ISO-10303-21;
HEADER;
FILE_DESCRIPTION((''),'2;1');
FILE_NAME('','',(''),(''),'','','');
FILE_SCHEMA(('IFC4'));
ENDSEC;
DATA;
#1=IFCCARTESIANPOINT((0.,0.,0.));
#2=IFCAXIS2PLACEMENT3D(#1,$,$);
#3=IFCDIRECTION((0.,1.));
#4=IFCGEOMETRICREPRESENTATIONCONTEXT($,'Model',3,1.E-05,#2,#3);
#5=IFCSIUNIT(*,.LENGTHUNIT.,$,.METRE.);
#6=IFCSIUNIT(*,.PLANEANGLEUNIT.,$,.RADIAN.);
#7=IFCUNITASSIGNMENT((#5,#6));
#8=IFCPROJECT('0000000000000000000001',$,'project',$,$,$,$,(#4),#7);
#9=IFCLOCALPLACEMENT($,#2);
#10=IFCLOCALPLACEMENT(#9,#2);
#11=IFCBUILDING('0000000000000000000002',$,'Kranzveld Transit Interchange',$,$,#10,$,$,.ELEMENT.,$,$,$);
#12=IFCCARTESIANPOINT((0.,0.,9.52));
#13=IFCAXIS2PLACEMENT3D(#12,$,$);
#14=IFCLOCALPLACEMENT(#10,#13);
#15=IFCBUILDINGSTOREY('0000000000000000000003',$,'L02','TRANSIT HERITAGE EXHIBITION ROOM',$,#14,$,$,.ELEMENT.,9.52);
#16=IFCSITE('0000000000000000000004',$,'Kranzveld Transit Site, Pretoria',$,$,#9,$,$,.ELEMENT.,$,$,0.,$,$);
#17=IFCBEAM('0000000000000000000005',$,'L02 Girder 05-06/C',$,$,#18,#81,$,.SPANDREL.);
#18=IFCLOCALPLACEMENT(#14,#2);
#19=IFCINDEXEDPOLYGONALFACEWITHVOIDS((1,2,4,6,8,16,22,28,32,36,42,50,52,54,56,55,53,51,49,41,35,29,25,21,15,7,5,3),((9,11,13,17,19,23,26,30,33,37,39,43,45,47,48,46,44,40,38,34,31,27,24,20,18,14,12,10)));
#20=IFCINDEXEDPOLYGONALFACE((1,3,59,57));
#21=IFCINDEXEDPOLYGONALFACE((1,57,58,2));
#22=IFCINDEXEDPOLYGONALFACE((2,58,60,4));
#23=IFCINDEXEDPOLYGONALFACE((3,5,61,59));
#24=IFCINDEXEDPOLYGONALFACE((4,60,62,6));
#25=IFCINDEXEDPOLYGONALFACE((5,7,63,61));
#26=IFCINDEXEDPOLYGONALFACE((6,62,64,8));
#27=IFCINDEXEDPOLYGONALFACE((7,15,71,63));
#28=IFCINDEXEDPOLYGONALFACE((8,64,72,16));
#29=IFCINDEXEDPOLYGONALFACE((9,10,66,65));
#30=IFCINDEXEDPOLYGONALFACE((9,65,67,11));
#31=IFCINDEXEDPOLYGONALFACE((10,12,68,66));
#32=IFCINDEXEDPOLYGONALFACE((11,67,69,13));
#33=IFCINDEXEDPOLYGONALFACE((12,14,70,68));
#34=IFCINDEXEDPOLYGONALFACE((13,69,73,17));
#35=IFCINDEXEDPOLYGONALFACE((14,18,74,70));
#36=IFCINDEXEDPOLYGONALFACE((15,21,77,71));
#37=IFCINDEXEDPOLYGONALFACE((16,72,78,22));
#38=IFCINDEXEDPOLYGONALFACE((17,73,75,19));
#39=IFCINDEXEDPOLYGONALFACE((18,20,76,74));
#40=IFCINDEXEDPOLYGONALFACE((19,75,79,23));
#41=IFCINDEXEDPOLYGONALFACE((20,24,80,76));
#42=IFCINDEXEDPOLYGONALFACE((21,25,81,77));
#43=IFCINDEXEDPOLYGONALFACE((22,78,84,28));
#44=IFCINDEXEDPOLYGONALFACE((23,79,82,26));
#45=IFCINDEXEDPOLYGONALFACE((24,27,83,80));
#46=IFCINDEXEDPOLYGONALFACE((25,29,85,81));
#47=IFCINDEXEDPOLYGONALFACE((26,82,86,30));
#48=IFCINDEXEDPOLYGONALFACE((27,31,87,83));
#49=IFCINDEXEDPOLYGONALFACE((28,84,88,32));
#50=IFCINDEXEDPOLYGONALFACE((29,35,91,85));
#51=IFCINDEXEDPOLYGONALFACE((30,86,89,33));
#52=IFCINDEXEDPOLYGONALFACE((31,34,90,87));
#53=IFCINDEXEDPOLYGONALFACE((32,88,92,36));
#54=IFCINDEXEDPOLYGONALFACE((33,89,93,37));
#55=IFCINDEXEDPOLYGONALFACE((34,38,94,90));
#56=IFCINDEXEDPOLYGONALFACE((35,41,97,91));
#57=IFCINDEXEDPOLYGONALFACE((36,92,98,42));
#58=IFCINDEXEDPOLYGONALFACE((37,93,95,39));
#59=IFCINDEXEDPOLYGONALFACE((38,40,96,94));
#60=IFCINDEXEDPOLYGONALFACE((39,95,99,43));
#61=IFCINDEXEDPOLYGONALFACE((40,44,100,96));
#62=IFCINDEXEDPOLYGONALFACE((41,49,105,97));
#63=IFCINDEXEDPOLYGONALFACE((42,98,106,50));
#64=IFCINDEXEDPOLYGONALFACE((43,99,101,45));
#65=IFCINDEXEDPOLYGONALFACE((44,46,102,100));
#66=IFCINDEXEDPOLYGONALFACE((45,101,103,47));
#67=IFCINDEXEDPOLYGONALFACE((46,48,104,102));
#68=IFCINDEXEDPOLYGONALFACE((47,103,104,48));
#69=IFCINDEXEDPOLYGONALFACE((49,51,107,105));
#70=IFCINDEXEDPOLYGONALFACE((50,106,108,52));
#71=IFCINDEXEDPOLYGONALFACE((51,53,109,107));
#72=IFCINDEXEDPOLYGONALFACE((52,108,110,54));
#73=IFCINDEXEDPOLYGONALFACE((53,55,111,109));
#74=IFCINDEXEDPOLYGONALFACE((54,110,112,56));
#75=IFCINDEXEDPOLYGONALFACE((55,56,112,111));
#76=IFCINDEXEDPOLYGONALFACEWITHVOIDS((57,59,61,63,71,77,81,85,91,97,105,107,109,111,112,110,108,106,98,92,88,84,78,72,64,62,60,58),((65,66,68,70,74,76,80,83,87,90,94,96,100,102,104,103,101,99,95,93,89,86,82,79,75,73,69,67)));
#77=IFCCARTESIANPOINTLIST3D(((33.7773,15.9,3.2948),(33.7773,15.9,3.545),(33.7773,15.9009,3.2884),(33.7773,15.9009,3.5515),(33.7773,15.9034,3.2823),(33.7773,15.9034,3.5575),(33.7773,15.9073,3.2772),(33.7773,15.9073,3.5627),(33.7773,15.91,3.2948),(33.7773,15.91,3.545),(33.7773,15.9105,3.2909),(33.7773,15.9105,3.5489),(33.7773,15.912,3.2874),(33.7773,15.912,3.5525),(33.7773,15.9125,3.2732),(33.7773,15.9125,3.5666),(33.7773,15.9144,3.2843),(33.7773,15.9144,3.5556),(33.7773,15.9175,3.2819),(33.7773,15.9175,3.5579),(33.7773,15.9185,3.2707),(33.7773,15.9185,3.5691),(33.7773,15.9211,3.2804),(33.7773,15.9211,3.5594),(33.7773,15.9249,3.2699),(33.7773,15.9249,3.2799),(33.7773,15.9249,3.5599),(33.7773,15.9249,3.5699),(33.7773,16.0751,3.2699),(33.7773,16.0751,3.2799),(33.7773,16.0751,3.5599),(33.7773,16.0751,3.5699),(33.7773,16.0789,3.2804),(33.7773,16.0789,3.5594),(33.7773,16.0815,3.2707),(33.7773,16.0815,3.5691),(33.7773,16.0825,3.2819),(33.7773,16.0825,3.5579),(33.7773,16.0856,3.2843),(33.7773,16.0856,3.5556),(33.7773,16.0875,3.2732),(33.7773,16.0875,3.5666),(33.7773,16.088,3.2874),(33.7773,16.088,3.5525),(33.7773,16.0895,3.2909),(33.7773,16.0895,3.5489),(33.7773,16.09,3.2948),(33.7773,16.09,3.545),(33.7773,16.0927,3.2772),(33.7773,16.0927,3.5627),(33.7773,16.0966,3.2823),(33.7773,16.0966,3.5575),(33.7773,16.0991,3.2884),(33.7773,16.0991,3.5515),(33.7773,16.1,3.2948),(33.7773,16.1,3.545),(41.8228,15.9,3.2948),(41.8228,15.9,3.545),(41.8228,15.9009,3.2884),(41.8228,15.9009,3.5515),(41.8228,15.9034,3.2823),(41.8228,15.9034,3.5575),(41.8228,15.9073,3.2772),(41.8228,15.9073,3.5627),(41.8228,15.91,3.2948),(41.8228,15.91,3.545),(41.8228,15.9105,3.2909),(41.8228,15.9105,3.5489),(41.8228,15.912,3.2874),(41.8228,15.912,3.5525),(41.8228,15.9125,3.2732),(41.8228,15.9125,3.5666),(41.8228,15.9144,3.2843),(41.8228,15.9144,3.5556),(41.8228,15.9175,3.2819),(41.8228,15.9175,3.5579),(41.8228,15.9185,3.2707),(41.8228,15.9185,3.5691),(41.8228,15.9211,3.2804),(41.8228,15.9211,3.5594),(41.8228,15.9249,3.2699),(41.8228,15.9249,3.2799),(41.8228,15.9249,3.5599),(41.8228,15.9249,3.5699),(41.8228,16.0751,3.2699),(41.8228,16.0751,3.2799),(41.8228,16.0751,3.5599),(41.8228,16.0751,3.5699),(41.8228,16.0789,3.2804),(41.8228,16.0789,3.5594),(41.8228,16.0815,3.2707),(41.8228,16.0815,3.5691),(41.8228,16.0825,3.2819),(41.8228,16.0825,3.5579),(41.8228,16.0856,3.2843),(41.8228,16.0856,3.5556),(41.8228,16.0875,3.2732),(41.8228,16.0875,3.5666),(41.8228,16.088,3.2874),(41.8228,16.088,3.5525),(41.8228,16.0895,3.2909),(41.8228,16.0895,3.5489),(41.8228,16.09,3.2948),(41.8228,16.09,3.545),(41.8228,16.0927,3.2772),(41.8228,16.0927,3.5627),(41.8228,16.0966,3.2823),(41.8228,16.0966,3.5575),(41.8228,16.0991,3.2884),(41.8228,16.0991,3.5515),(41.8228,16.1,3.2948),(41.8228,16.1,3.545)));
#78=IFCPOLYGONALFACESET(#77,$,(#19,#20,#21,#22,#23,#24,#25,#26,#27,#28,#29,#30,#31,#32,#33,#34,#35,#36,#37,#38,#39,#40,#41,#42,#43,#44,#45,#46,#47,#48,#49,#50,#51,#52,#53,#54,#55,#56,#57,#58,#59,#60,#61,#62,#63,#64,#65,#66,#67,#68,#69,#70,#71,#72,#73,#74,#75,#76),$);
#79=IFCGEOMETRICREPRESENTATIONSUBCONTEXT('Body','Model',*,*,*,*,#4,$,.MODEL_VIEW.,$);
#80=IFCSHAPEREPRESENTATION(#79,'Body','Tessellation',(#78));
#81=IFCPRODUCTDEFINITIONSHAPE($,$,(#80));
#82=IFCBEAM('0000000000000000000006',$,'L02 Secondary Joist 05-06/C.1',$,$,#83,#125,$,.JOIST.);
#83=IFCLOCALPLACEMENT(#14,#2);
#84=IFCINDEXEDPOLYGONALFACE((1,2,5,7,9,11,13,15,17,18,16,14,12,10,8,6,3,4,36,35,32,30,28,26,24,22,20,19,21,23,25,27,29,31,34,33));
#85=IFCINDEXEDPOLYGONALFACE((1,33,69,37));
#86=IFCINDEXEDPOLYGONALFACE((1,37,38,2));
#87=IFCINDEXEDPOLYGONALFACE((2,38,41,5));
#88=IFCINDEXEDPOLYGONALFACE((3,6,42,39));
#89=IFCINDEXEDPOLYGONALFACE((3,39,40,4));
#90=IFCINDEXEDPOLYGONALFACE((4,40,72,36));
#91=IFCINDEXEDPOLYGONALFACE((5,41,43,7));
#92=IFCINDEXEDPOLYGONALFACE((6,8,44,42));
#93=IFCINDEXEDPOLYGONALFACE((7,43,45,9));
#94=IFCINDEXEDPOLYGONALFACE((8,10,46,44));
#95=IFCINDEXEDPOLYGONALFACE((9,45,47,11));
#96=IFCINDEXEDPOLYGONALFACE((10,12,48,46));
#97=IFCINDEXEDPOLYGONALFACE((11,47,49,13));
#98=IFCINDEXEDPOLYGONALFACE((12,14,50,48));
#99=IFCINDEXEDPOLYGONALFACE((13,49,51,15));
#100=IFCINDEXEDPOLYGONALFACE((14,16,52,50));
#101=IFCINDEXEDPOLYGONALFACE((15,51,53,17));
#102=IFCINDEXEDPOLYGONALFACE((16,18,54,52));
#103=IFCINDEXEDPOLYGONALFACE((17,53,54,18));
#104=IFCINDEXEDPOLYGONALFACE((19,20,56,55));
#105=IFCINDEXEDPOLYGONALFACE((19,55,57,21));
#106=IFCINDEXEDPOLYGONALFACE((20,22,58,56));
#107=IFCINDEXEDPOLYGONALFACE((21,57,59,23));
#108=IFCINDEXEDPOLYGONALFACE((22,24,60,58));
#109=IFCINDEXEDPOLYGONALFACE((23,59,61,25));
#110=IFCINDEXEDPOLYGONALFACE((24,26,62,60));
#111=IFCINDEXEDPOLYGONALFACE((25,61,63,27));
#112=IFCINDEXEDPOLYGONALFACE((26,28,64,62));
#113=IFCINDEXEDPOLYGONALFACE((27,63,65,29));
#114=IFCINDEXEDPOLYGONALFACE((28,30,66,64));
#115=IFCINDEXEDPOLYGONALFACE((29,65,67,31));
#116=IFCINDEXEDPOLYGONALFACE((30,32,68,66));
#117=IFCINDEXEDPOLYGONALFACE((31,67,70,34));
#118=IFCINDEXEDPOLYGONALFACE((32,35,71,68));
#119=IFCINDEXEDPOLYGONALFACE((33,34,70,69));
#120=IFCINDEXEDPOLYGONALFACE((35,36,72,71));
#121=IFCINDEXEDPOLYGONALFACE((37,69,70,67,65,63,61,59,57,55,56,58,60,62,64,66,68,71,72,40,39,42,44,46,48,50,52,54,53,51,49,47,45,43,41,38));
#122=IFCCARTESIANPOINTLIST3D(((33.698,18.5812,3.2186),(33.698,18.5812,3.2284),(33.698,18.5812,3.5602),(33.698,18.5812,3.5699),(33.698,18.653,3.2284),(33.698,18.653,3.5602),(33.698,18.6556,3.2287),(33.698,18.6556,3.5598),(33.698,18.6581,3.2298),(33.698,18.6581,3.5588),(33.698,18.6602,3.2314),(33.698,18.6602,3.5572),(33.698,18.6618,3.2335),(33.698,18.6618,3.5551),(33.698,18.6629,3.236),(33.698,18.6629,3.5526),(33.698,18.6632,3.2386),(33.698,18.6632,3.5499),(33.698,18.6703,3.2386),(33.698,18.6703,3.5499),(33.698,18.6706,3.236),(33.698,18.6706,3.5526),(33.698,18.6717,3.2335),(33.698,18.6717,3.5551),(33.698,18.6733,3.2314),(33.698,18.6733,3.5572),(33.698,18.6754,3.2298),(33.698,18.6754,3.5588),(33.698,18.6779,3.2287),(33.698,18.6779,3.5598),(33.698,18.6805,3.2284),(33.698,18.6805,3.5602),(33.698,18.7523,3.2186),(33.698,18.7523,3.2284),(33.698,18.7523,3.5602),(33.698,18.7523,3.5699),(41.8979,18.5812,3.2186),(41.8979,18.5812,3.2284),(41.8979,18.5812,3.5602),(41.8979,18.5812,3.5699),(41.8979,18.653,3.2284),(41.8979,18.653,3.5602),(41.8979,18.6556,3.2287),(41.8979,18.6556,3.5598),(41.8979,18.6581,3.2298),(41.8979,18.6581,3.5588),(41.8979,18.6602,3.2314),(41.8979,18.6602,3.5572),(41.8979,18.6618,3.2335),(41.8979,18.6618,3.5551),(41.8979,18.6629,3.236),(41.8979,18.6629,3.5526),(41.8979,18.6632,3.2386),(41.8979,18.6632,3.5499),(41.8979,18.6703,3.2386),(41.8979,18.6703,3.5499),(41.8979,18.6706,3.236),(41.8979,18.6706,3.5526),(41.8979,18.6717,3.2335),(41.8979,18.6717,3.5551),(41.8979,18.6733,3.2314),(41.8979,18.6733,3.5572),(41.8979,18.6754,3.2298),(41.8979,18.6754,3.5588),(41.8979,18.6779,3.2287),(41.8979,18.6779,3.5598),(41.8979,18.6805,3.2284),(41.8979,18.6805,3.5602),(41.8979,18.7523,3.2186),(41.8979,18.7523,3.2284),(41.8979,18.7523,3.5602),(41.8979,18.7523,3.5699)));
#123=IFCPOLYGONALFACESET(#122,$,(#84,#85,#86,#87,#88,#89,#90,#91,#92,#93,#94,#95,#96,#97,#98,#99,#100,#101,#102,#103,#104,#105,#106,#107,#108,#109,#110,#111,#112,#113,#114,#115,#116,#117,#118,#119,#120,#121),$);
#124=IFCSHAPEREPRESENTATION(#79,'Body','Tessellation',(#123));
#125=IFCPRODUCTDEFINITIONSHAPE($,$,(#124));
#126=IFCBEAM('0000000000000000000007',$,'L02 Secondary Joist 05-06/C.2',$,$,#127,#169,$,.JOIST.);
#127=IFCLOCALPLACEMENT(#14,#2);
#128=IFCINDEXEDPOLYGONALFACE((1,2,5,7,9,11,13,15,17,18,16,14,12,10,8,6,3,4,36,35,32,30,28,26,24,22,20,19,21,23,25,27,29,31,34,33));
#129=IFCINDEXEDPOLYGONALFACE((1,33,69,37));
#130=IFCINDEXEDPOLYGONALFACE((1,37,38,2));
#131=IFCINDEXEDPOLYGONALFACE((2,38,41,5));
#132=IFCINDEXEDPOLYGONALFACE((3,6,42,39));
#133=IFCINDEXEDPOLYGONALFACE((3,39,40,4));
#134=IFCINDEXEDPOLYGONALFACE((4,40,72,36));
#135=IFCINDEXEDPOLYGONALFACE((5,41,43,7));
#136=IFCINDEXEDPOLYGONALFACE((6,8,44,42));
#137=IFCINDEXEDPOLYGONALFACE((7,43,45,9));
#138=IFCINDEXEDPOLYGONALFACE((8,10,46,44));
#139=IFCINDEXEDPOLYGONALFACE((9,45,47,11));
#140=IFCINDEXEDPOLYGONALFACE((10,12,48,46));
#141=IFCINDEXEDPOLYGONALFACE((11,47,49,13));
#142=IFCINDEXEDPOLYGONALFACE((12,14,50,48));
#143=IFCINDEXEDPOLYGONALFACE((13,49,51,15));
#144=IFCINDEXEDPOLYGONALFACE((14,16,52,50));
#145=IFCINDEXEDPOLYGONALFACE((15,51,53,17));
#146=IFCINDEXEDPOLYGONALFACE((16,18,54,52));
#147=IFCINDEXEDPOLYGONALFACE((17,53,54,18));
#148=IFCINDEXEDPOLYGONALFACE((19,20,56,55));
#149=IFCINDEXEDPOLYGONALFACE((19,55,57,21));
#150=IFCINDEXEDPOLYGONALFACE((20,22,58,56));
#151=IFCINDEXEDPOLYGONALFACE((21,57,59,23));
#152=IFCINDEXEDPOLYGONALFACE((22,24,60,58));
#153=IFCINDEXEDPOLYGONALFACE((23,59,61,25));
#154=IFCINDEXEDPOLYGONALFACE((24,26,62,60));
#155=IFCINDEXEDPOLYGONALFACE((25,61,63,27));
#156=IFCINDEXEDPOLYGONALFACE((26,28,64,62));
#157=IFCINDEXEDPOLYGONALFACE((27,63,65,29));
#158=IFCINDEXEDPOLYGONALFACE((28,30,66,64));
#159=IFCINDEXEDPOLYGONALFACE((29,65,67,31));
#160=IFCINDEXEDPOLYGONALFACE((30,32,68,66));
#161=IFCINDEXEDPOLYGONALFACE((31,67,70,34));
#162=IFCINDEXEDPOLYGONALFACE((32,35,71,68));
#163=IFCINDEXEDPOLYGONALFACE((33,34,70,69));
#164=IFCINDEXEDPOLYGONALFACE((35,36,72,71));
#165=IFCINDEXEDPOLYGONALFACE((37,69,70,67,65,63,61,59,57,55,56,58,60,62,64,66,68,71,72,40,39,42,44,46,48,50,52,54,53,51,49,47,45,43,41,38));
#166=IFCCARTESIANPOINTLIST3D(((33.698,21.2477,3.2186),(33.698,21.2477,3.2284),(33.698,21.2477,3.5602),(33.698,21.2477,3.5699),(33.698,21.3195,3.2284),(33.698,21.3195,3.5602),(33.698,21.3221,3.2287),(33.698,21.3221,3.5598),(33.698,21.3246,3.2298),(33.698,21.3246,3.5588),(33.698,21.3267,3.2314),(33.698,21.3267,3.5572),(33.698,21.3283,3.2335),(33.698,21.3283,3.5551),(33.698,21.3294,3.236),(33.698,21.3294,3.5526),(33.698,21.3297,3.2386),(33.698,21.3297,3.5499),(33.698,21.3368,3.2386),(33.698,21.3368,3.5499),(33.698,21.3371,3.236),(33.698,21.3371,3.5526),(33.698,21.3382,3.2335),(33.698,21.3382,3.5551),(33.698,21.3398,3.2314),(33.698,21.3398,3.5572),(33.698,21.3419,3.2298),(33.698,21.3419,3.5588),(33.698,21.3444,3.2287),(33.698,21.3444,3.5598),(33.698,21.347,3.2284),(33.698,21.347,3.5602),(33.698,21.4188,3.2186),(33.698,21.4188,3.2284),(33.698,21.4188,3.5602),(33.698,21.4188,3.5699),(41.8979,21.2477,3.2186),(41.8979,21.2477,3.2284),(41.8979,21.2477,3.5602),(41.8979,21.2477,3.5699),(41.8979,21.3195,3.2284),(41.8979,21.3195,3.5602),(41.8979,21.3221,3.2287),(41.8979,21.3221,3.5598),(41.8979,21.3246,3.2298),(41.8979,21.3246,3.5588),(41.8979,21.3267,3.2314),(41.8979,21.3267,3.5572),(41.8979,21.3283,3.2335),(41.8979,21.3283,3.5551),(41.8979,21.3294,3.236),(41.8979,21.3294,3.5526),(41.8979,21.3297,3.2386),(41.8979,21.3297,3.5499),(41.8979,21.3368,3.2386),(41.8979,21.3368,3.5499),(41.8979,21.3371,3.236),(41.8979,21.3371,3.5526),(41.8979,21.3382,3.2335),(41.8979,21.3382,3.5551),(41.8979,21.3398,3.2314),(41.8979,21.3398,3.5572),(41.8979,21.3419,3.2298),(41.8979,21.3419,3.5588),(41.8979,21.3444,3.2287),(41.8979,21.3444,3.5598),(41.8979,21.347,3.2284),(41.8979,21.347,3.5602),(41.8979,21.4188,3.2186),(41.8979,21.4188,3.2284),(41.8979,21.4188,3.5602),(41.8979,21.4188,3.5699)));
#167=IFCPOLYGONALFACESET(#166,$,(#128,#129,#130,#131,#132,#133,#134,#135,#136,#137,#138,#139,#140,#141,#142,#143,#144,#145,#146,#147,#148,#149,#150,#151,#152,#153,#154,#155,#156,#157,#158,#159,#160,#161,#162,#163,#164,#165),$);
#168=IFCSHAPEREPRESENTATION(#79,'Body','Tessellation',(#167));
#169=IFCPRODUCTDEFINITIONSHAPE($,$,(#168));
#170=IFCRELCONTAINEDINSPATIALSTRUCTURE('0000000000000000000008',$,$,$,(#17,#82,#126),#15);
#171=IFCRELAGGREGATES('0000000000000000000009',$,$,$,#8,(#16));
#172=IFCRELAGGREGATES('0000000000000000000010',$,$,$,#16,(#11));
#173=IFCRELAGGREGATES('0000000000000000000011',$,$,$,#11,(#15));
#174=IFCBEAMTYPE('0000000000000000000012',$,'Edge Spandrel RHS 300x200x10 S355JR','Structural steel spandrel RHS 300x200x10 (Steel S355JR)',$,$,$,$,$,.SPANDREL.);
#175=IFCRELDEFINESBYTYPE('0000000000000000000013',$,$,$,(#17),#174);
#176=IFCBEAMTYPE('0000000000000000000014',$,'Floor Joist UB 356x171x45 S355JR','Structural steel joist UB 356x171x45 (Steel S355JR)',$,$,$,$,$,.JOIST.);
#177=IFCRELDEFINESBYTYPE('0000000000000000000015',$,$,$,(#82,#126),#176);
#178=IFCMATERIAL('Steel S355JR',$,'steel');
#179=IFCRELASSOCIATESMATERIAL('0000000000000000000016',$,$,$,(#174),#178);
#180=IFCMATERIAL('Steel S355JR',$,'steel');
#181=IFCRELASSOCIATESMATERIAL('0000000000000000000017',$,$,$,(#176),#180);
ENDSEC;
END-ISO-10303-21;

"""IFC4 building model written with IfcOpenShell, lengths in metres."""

from ifc_helpers import new_model, si_unit, direction, frame, origin, origin_2d, place, context, subcontext, project, spatial, hollow_rectangle, i_section, extrude, material, material_profile, profile_set, type_object, element, save


model = new_model("IFC4")

# Units and contexts
model_context = context("Model", 3, precision=1e-05, world=origin(), true_north=direction((0.0, 1.0)))
body_context = subcontext(model_context, "Body", "Model", "MODEL_VIEW")
ifc_project = project(units=[si_unit("LENGTHUNIT", "METRE"), si_unit("PLANEANGLEUNIT", "RADIAN")], contexts=[model_context])

# Site, building, storey
site_placement = place(None, origin())
site = spatial("IfcSite", under=ifc_project, at=site_placement, Name="Kranzveld Transit Site, Pretoria", CompositionType="ELEMENT", RefElevation=0.0)
building_placement = place(site_placement, origin())
building = spatial("IfcBuilding", under=site, at=building_placement, Name="Kranzveld Transit Interchange", CompositionType="ELEMENT")
storey_placement = place(building_placement, frame((0.0, 0.0, 9.52)))
storey = spatial("IfcBuildingStorey", under=building, at=storey_placement, Name="L02", Description="TRANSIT HERITAGE EXHIBITION ROOM", CompositionType="ELEMENT", Elevation=9.52)

# Beams
ifc_material_1 = material(Name="Steel S355JR", Category="steel")
ifc_material_profile_1 = material_profile(ifc_material_1, hollow_rectangle(XDim=0.2, YDim=0.3, WallThickness=0.01, InnerFilletRadius=0.0149, OuterFilletRadius=0.0249, at=origin_2d()), Name="RHS 300x200x10")
ifc_profile_set_1 = profile_set([ifc_material_profile_1], Name="Steel S355JR")
beam_type_1 = type_object("IfcBeamType", Name="Edge Spandrel RHS 300x200x10 S355JR", Description="Structural steel spandrel RHS 300x200x10 (Steel S355JR)", PredefinedType="SPANDREL", material=ifc_profile_set_1)
beam_1_placement = place(storey_placement, frame((33.7773, 16.0, 3.4199), z_axis=(1.0, 0.0, 0.0), x_axis=(0.0, 1.0, 0.0)))
element("IfcBeam", 1, at=beam_1_placement, inside=storey, type_object=beam_type_1, Name="L02 Girder 05-06/C", PredefinedType="SPANDREL", context=body_context, shape_type="SweptSolid", body=[
    extrude(hollow_rectangle(XDim=0.2, YDim=0.3, WallThickness=0.01, InnerFilletRadius=0.0149, OuterFilletRadius=0.0249, at=origin_2d()), origin(), (0.0, 0.0, 1.0), 8.0454),
])
ifc_material_2 = material(Name="Steel S355JR", Category="steel")
ifc_material_profile_2 = material_profile(ifc_material_2, i_section(OverallWidth=0.1711, OverallDepth=0.3513, WebThickness=0.0071, FlangeThickness=0.0098, FilletRadius=0.0103, at=origin_2d()), Name="UB 356x171x45")
ifc_profile_set_2 = profile_set([ifc_material_profile_2], Name="Steel S355JR")
beam_type_2 = type_object("IfcBeamType", Name="Floor Joist UB 356x171x45 S355JR", Description="Structural steel joist UB 356x171x45 (Steel S355JR)", PredefinedType="JOIST", material=ifc_profile_set_2)
for number, where, z_axis, x_axis, name in (
    (2, (33.698, 18.6667, 3.3943), (1.0, 0.0, 0.0), (0.0, 1.0, 0.0), "L02 Secondary Joist 05-06/C.1"),
    (3, (33.698, 21.3333, 3.3943), (1.0, 0.0, 0.0), (0.0, 1.0, 0.0), "L02 Secondary Joist 05-06/C.2"),
):
    element("IfcBeam", number, at=place(storey_placement, frame(where, z_axis=z_axis, x_axis=x_axis)), inside=storey, type_object=beam_type_2, Name=name, PredefinedType="JOIST", context=body_context, shape_type="SweptSolid", body=[
        extrude(i_section(OverallWidth=0.1711, OverallDepth=0.3513, WebThickness=0.0071, FlangeThickness=0.0098, FilletRadius=0.0103, at=origin_2d()), origin(), (0.0, 0.0, 1.0), 8.2),
    ])

save(model, "model.ifc")
